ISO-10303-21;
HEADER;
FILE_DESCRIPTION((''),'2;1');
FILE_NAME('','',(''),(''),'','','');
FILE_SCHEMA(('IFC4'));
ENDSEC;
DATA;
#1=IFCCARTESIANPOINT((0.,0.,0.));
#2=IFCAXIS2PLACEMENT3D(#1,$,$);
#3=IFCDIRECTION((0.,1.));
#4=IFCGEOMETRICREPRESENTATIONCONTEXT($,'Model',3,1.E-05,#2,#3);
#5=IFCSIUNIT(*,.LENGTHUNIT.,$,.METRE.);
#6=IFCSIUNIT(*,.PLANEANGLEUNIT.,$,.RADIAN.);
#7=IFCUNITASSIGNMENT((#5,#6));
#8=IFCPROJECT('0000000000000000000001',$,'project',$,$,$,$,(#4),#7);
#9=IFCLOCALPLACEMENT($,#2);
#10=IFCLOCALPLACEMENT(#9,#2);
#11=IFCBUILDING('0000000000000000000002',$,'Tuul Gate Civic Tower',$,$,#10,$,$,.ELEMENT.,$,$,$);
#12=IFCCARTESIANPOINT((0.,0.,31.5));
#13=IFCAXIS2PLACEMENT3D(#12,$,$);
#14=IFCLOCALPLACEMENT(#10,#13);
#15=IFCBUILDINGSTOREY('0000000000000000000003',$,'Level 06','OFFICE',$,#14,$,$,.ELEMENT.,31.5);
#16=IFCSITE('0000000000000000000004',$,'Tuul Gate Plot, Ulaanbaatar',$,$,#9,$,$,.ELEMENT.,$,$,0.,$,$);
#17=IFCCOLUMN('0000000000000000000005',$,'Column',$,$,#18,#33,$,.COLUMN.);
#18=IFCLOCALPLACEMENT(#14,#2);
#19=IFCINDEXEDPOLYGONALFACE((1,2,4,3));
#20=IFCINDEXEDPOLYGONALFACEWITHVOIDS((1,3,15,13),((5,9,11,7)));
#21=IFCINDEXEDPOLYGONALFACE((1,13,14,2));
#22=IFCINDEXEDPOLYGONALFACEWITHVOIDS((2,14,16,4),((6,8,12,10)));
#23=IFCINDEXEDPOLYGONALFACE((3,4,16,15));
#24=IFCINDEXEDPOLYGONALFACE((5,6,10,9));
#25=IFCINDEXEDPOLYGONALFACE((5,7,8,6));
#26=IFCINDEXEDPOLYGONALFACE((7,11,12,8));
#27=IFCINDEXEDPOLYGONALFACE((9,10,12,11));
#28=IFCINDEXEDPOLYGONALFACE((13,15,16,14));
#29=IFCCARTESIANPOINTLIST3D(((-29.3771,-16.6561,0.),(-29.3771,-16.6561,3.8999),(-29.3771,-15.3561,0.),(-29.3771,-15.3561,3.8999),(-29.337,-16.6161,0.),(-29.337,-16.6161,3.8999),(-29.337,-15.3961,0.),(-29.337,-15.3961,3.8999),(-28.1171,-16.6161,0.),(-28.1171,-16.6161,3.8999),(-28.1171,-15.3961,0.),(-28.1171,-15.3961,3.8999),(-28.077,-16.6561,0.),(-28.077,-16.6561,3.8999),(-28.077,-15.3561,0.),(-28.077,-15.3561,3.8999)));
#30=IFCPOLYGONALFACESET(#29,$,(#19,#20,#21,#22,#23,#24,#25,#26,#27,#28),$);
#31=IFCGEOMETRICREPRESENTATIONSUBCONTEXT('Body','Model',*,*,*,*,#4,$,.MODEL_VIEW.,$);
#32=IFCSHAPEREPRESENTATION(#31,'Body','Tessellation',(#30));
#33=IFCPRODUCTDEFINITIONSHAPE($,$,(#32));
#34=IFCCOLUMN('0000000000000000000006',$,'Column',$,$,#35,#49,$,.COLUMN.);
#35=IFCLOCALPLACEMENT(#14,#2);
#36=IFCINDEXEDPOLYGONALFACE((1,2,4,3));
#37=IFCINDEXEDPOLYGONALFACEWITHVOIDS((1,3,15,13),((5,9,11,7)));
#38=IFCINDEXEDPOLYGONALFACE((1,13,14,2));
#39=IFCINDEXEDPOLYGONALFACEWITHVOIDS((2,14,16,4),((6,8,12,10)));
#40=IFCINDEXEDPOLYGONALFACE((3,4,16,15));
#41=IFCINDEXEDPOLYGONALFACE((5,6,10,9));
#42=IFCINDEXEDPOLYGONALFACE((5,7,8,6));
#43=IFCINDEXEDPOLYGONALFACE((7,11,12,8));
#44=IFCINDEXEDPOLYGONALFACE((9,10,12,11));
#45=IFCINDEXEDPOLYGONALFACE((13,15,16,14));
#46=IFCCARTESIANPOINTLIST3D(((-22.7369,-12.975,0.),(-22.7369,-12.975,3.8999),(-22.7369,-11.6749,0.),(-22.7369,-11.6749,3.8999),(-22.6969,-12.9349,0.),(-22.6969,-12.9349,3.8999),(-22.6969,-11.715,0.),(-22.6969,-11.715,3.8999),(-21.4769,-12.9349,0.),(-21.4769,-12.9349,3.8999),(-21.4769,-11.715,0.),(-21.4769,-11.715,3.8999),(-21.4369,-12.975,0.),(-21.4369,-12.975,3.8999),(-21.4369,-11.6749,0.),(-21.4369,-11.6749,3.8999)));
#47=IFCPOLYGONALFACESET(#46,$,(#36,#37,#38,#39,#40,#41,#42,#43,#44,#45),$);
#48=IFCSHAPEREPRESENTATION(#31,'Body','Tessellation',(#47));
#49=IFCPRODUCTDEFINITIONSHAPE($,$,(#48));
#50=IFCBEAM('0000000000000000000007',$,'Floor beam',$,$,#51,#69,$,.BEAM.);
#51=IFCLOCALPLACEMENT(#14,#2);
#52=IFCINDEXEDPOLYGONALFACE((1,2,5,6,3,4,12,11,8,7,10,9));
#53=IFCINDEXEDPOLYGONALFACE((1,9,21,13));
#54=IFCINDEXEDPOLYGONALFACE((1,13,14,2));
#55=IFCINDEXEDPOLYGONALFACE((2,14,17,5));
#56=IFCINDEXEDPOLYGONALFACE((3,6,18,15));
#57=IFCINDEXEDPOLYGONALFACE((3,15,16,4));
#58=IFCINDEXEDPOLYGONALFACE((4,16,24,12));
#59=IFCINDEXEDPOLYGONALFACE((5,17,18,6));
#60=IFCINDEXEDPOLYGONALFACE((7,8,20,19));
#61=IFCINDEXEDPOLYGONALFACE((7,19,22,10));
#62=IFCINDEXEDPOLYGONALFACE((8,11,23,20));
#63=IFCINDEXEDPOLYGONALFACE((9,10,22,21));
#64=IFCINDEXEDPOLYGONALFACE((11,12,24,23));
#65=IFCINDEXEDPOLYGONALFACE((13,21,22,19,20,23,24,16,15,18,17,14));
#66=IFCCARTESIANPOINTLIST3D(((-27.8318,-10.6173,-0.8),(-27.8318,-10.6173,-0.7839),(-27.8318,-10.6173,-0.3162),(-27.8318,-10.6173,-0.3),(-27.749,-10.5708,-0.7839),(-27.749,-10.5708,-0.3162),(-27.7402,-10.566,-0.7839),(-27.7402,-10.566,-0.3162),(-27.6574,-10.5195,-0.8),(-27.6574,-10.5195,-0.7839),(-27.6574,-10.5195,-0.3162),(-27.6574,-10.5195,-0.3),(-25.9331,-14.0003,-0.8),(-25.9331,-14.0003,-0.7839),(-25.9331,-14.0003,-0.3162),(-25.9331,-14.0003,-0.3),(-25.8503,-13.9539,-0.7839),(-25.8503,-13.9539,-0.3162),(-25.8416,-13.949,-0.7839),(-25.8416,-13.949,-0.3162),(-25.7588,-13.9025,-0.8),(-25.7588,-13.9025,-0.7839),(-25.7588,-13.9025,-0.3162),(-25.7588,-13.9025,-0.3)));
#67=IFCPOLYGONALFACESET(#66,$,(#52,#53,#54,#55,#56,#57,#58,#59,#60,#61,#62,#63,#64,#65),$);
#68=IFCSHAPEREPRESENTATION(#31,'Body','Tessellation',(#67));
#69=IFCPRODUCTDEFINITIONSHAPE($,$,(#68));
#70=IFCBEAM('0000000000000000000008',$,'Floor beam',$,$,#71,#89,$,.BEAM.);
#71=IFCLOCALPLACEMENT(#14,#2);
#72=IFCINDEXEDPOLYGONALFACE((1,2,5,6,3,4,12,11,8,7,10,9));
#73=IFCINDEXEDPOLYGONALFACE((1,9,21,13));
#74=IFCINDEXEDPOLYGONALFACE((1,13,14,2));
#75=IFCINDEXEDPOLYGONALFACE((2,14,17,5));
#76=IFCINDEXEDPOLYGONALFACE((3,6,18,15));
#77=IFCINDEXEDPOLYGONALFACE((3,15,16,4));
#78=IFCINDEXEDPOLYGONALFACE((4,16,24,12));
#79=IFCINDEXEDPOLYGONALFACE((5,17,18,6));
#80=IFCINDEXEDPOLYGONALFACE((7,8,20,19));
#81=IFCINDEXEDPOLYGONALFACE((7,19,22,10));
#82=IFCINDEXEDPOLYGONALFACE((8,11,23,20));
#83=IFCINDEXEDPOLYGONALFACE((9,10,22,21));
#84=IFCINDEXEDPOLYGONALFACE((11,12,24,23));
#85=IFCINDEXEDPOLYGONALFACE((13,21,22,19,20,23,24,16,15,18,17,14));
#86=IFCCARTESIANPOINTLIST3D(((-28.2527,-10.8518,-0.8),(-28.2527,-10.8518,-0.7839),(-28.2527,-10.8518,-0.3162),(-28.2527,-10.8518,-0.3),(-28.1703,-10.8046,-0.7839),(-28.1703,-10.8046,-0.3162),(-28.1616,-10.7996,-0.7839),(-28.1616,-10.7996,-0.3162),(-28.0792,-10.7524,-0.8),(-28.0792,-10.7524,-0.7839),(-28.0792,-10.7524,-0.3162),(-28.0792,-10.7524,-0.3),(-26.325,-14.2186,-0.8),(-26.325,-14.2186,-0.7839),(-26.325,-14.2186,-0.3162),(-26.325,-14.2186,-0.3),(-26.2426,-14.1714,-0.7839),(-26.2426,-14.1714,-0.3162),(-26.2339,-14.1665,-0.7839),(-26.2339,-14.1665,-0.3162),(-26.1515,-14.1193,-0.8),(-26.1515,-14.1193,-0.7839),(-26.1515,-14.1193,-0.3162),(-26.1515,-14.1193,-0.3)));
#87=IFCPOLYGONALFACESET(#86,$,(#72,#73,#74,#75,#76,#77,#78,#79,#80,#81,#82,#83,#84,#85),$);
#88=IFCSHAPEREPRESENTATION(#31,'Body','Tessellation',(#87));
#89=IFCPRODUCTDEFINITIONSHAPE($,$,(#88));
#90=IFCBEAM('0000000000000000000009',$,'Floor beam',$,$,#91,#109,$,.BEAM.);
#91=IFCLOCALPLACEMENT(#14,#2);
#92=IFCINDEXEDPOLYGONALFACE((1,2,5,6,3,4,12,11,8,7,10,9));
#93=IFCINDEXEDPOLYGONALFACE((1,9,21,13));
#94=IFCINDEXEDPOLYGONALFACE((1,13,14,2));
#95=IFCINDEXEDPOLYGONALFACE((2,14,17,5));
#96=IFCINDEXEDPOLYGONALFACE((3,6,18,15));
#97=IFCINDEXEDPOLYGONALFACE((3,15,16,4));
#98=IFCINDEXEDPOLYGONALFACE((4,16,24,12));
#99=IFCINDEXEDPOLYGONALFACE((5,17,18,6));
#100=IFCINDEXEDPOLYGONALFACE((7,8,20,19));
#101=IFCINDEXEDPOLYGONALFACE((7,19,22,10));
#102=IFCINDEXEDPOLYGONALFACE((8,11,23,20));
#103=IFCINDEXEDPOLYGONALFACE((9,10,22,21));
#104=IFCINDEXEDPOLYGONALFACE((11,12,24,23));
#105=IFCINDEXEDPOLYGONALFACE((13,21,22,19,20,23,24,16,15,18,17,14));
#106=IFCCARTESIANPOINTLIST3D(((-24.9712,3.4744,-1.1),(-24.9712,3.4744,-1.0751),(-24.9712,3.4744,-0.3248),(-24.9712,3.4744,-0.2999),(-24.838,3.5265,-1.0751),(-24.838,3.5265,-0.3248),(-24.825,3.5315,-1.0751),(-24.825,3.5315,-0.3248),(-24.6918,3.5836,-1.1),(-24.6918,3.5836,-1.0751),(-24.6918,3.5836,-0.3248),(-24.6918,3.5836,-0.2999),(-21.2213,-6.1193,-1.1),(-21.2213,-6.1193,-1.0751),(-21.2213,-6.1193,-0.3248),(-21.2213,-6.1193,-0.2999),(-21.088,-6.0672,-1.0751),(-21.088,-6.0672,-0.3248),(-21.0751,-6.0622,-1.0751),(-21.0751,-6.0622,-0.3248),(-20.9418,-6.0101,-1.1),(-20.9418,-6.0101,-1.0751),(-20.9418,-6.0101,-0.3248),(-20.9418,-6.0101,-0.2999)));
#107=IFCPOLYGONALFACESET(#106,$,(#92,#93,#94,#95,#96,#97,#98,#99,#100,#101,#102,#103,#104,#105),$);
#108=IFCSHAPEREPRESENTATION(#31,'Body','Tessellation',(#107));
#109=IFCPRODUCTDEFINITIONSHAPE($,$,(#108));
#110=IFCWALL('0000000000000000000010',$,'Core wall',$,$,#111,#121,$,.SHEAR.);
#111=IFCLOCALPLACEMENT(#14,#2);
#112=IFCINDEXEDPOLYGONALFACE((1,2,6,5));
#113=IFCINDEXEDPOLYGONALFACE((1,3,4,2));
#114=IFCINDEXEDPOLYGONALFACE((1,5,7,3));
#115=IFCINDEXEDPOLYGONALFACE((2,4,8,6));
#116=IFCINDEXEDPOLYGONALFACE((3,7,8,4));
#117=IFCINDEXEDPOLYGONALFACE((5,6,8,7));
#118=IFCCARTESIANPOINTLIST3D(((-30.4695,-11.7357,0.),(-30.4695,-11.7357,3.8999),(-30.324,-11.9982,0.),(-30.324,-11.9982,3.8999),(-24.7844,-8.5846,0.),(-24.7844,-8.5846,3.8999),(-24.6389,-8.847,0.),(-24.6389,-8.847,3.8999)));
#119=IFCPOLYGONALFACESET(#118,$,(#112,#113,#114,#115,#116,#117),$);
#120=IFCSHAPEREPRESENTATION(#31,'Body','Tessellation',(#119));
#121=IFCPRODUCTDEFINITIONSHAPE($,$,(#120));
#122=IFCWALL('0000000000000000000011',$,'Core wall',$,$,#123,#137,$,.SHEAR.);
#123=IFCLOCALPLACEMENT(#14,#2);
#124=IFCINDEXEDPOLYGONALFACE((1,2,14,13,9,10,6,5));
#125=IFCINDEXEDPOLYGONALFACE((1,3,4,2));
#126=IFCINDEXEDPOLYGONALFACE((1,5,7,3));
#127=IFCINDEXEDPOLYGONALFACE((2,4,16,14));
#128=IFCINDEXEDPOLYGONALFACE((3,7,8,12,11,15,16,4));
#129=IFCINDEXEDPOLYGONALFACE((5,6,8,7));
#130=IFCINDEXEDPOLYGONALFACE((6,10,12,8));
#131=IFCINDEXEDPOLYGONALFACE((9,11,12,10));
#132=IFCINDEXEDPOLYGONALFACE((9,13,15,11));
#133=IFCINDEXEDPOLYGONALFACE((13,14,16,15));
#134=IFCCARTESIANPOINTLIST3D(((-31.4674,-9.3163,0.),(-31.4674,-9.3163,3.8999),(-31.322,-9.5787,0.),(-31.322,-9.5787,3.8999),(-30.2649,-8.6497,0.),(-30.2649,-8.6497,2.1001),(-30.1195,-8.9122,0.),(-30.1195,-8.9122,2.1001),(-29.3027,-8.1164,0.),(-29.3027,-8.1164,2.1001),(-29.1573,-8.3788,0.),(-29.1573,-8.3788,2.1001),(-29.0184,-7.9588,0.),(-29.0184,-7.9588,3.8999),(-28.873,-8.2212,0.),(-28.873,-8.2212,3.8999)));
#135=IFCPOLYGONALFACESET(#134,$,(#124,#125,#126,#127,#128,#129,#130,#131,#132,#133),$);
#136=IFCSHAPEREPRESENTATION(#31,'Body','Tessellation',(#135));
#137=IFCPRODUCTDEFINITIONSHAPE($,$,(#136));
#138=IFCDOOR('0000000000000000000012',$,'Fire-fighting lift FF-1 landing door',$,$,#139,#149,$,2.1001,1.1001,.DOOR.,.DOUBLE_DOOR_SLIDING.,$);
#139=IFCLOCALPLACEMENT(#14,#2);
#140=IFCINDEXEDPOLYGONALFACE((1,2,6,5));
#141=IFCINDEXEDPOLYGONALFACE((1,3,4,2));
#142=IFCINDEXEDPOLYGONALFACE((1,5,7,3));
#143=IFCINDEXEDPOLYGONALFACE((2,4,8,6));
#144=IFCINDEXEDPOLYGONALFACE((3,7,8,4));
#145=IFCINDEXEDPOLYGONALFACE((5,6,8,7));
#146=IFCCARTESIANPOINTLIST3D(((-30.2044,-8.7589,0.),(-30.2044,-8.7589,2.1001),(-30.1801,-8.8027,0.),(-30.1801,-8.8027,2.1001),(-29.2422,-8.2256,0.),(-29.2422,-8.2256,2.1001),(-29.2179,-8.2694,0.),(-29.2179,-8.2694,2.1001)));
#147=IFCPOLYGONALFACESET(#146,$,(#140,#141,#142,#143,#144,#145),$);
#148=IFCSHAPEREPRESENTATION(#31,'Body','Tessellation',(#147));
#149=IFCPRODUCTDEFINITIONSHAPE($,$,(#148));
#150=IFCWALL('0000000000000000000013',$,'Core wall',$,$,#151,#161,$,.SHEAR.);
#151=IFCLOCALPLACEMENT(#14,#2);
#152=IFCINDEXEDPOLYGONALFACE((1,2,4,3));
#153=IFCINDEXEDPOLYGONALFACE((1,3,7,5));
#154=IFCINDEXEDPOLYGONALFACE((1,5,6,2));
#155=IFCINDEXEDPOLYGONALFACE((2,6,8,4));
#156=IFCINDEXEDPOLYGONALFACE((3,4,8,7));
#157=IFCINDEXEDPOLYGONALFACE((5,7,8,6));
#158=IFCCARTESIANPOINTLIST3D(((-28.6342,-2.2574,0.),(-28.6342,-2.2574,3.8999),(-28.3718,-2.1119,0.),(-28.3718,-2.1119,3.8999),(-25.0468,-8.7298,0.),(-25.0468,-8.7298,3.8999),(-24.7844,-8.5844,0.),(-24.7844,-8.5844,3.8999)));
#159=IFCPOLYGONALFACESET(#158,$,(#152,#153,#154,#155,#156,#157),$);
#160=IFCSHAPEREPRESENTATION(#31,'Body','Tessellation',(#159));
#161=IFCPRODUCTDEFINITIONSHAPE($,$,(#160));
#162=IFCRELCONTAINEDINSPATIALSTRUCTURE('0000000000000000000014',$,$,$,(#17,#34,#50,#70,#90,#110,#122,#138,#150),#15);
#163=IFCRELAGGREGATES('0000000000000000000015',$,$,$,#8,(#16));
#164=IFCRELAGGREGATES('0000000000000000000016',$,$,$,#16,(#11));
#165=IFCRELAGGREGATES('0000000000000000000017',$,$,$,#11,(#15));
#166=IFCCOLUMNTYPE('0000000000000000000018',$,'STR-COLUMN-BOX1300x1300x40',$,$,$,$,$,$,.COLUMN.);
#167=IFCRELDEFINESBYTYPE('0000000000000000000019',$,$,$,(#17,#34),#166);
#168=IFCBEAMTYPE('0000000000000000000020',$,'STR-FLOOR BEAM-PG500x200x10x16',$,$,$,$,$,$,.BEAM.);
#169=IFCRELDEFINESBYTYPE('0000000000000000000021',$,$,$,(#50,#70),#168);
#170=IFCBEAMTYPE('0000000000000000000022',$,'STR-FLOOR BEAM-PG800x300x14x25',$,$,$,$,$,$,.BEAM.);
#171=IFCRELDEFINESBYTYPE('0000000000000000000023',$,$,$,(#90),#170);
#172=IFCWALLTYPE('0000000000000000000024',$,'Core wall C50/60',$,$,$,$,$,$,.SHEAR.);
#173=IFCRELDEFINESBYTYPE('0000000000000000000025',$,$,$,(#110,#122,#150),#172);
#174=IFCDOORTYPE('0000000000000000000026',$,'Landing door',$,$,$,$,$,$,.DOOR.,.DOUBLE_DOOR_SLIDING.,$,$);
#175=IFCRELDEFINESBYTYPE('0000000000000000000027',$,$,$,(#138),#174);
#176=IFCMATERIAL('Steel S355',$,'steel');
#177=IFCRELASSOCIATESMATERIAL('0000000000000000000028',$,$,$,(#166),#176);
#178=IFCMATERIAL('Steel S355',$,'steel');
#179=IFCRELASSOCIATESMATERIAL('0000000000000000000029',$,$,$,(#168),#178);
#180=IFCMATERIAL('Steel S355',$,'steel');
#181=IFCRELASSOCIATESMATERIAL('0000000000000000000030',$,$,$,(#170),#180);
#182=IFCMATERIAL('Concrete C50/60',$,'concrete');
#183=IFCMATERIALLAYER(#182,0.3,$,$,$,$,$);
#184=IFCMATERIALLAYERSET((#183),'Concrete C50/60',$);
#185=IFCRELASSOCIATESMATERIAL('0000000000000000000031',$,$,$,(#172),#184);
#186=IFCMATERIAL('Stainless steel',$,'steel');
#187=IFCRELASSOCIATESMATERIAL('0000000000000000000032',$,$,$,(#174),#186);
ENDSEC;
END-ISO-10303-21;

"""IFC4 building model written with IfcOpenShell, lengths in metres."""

from ifc_helpers import new_model, si_unit, direction, frame, frame_2d, origin, origin_2d, place, context, subcontext, project, spatial, rectangle, hollow_rectangle, i_section, extrude, material, layer, layer_set, material_profile, profile_set, type_object, element, fill, save


model = new_model("IFC4")

# Units and contexts
model_context = context("Model", 3, precision=1e-05, world=origin(), true_north=direction((0.0, 1.0)))
body_context = subcontext(model_context, "Body", "Model", "MODEL_VIEW")
ifc_project = project(units=[si_unit("LENGTHUNIT", "METRE"), si_unit("PLANEANGLEUNIT", "RADIAN")], contexts=[model_context])

# Site, building, storey
site_placement = place(None, origin())
site = spatial("IfcSite", under=ifc_project, at=site_placement, Name="Tuul Gate Plot, Ulaanbaatar", CompositionType="ELEMENT", RefElevation=0.0)
building_placement = place(site_placement, origin())
building = spatial("IfcBuilding", under=site, at=building_placement, Name="Tuul Gate Civic Tower", CompositionType="ELEMENT")
storey_placement = place(building_placement, frame((0.0, 0.0, 31.5)))
storey = spatial("IfcBuildingStorey", under=building, at=storey_placement, Name="Level 06", Description="OFFICE", CompositionType="ELEMENT", Elevation=31.5)

# Columns
ifc_material_1 = material(Name="Steel S355", Category="steel")
ifc_material_profile_1 = material_profile(ifc_material_1, hollow_rectangle(XDim=1.3, YDim=1.3, WallThickness=0.04, at=origin_2d()), Name="BOX1300x1300x40")
ifc_profile_set_1 = profile_set([ifc_material_profile_1], Name="Steel S355")
column_type = type_object("IfcColumnType", Name="STR-COLUMN-BOX1300x1300x40", PredefinedType="COLUMN", material=ifc_profile_set_1)
for number, where, z_axis, x_axis, name in (
    (1, (-28.7271, -16.0061, 0.0), (0.0, 0.0, 1.0), (1.0, 0.0, 0.0), "Column"),
    (2, (-22.0869, -12.325, 0.0), (0.0, 0.0, 1.0), (1.0, 0.0, 0.0), "Column"),
):
    element("IfcColumn", number, at=place(storey_placement, frame(where, z_axis=z_axis, x_axis=x_axis)), inside=storey, type_object=column_type, Name=name, PredefinedType="COLUMN", context=body_context, shape_type="SweptSolid", body=[
        extrude(hollow_rectangle(XDim=1.3, YDim=1.3, WallThickness=0.04, at=origin_2d()), origin(), (0.0, 0.0, 1.0), 3.8999),
    ])

# Beams
ifc_material_2 = material(Name="Steel S355", Category="steel")
ifc_material_profile_2 = material_profile(ifc_material_2, i_section(OverallWidth=0.2, OverallDepth=0.5, WebThickness=0.01, FlangeThickness=0.0161, at=origin_2d()), Name="PG500x200x10x16")
ifc_profile_set_2 = profile_set([ifc_material_profile_2], Name="Steel S355")
beam_type_1 = type_object("IfcBeamType", Name="STR-FLOOR BEAM-PG500x200x10x16", PredefinedType="BEAM", material=ifc_profile_set_2)
beam_1_placement = place(storey_placement, frame((-25.8459, -13.9514, -0.55), z_axis=(-0.489421, 0.872047, 0.0), x_axis=(-0.872047, -0.489421, 0.0)))
element("IfcBeam", 3, at=beam_1_placement, inside=storey, type_object=beam_type_1, Name="Floor beam", PredefinedType="BEAM", context=body_context, shape_type="SweptSolid", body=[
    extrude(i_section(OverallWidth=0.2, OverallDepth=0.5, WebThickness=0.01, FlangeThickness=0.0161, at=origin_2d()), origin(), (0.0, 0.0, 1.0), 3.8794),
])
beam_2_placement = place(storey_placement, frame((-26.2383, -14.1689, -0.55), z_axis=(-0.496871, 0.867825, 0.0), x_axis=(-0.867825, -0.496871, 0.0)))
element("IfcBeam", 4, at=beam_2_placement, inside=storey, type_object=beam_type_1, Name="Floor beam", PredefinedType="BEAM", context=body_context, shape_type="SweptSolid", body=[
    extrude(i_section(OverallWidth=0.2, OverallDepth=0.5, WebThickness=0.01, FlangeThickness=0.0161, at=origin_2d()), origin(), (0.0, 0.0, 1.0), 3.8796),
])
ifc_material_3 = material(Name="Steel S355", Category="steel")
ifc_material_profile_3 = material_profile(ifc_material_3, i_section(OverallWidth=0.3, OverallDepth=0.8, WebThickness=0.0139, FlangeThickness=0.0249, at=origin_2d()), Name="PG800x300x14x25")
ifc_profile_set_3 = profile_set([ifc_material_profile_3], Name="Steel S355")
beam_type_2 = type_object("IfcBeamType", Name="STR-FLOOR BEAM-PG800x300x14x25", PredefinedType="BEAM", material=ifc_profile_set_3)
beam_3_placement = place(storey_placement, frame((-21.0815, -6.0647, -0.7), z_axis=(-0.364056, 0.931377, 0.0), x_axis=(-0.931377, -0.364056, 0.0)))
element("IfcBeam", 5, at=beam_3_placement, inside=storey, type_object=beam_type_2, Name="Floor beam", PredefinedType="BEAM", context=body_context, shape_type="SweptSolid", body=[
    extrude(i_section(OverallWidth=0.3, OverallDepth=0.8, WebThickness=0.0139, FlangeThickness=0.0249, at=origin_2d()), origin(), (0.0, 0.0, 1.0), 10.3005),
])

# Wall
ifc_material_4 = material(Name="Concrete C50/60", Category="concrete")
ifc_layer_1 = layer(ifc_material_4, 0.3)
ifc_layer_set_1 = layer_set([ifc_layer_1], Name="Concrete C50/60")
wall_type_1 = type_object("IfcWallType", Name="Core wall C50/60", PredefinedType="SHEAR", material=ifc_layer_set_1)
wall_1_placement = place(storey_placement, frame((-24.7117, -8.7158, 0.0), z_axis=(0.0, 0.0, 1.0), x_axis=(-0.87463, -0.484791, 0.0)))
element("IfcWall", 6, at=wall_1_placement, inside=storey, type_object=wall_type_1, Name="Core wall", PredefinedType="SHEAR", context=body_context, shape_type="SweptSolid", body=[
    extrude(rectangle(XDim=6.5, YDim=0.3, at=frame_2d((3.25, 0.0))), origin(), (0.0, 0.0, 1.0), 3.8999),
])

# Wall, opening, door
wall_2_placement = place(storey_placement, frame((-28.9458, -8.0901, 0.0), z_axis=(0.0, 0.0, 1.0), x_axis=(-0.87463, -0.484791, 0.0)))
wall_2 = element("IfcWall", 7, at=wall_2_placement, inside=storey, type_object=wall_type_1, Name="Core wall", PredefinedType="SHEAR", context=body_context, shape_type="SweptSolid", body=[
    extrude(rectangle(XDim=2.8, YDim=0.3, at=frame_2d((1.3999, 0.0))), origin(), (0.0, 0.0, 1.0), 3.8999),
])
opening_1_placement = place(wall_2_placement, frame((0.325, 0.0, 0.0)))
opening_1 = element("IfcOpeningElement", 8, at=opening_1_placement, cuts=wall_2, PredefinedType="OPENING", context=body_context, shape_type="SweptSolid", body=[
    extrude(rectangle(XDim=1.1001, YDim=2.1001, at=frame_2d((0.55, 1.05))), frame((0.0, 0.1602, 0.0), z_axis=(0.0, -1.0, 0.0), x_axis=(1.0, 0.0, 0.0)), (0.0, 0.0, 1.0), 0.3201),
])
ifc_material_5 = material(Name="Stainless steel", Category="steel")
door_type_1 = type_object("IfcDoorType", Name="Landing door", OperationType="DOUBLE_DOOR_SLIDING", PredefinedType="DOOR", material=ifc_material_5)
door_1_placement = place(opening_1_placement, origin())
door_1 = element("IfcDoor", 9, at=door_1_placement, inside=storey, type_object=door_type_1, Name="Fire-fighting lift FF-1 landing door", OperationType="DOUBLE_DOOR_SLIDING", OverallHeight=2.1001, OverallWidth=1.1001, PredefinedType="DOOR", context=body_context, shape_type="SweptSolid", body=[
    extrude(rectangle(XDim=1.1001, YDim=2.1001, at=frame_2d((0.55, 1.05))), frame((0.0, 0.0249, 0.0), z_axis=(0.0, -1.0, 0.0), x_axis=(1.0, 0.0, 0.0)), (0.0, 0.0, 1.0), 0.05),
])
fill(opening_1, door_1)

# Wall
wall_3_placement = place(storey_placement, frame((-24.9155, -8.6572, 0.0), z_axis=(0.0, 0.0, 1.0), x_axis=(-0.484777, 0.874638, 0.0)))
element("IfcWall", 10, at=wall_3_placement, inside=storey, type_object=wall_type_1, Name="Core wall", PredefinedType="SHEAR", context=body_context, shape_type="SweptSolid", body=[
    extrude(rectangle(XDim=7.4001, YDim=0.3, at=frame_2d((3.7002, 0.0))), origin(), (0.0, 0.0, 1.0), 3.8999),
])

save(model, "model.ifc")
